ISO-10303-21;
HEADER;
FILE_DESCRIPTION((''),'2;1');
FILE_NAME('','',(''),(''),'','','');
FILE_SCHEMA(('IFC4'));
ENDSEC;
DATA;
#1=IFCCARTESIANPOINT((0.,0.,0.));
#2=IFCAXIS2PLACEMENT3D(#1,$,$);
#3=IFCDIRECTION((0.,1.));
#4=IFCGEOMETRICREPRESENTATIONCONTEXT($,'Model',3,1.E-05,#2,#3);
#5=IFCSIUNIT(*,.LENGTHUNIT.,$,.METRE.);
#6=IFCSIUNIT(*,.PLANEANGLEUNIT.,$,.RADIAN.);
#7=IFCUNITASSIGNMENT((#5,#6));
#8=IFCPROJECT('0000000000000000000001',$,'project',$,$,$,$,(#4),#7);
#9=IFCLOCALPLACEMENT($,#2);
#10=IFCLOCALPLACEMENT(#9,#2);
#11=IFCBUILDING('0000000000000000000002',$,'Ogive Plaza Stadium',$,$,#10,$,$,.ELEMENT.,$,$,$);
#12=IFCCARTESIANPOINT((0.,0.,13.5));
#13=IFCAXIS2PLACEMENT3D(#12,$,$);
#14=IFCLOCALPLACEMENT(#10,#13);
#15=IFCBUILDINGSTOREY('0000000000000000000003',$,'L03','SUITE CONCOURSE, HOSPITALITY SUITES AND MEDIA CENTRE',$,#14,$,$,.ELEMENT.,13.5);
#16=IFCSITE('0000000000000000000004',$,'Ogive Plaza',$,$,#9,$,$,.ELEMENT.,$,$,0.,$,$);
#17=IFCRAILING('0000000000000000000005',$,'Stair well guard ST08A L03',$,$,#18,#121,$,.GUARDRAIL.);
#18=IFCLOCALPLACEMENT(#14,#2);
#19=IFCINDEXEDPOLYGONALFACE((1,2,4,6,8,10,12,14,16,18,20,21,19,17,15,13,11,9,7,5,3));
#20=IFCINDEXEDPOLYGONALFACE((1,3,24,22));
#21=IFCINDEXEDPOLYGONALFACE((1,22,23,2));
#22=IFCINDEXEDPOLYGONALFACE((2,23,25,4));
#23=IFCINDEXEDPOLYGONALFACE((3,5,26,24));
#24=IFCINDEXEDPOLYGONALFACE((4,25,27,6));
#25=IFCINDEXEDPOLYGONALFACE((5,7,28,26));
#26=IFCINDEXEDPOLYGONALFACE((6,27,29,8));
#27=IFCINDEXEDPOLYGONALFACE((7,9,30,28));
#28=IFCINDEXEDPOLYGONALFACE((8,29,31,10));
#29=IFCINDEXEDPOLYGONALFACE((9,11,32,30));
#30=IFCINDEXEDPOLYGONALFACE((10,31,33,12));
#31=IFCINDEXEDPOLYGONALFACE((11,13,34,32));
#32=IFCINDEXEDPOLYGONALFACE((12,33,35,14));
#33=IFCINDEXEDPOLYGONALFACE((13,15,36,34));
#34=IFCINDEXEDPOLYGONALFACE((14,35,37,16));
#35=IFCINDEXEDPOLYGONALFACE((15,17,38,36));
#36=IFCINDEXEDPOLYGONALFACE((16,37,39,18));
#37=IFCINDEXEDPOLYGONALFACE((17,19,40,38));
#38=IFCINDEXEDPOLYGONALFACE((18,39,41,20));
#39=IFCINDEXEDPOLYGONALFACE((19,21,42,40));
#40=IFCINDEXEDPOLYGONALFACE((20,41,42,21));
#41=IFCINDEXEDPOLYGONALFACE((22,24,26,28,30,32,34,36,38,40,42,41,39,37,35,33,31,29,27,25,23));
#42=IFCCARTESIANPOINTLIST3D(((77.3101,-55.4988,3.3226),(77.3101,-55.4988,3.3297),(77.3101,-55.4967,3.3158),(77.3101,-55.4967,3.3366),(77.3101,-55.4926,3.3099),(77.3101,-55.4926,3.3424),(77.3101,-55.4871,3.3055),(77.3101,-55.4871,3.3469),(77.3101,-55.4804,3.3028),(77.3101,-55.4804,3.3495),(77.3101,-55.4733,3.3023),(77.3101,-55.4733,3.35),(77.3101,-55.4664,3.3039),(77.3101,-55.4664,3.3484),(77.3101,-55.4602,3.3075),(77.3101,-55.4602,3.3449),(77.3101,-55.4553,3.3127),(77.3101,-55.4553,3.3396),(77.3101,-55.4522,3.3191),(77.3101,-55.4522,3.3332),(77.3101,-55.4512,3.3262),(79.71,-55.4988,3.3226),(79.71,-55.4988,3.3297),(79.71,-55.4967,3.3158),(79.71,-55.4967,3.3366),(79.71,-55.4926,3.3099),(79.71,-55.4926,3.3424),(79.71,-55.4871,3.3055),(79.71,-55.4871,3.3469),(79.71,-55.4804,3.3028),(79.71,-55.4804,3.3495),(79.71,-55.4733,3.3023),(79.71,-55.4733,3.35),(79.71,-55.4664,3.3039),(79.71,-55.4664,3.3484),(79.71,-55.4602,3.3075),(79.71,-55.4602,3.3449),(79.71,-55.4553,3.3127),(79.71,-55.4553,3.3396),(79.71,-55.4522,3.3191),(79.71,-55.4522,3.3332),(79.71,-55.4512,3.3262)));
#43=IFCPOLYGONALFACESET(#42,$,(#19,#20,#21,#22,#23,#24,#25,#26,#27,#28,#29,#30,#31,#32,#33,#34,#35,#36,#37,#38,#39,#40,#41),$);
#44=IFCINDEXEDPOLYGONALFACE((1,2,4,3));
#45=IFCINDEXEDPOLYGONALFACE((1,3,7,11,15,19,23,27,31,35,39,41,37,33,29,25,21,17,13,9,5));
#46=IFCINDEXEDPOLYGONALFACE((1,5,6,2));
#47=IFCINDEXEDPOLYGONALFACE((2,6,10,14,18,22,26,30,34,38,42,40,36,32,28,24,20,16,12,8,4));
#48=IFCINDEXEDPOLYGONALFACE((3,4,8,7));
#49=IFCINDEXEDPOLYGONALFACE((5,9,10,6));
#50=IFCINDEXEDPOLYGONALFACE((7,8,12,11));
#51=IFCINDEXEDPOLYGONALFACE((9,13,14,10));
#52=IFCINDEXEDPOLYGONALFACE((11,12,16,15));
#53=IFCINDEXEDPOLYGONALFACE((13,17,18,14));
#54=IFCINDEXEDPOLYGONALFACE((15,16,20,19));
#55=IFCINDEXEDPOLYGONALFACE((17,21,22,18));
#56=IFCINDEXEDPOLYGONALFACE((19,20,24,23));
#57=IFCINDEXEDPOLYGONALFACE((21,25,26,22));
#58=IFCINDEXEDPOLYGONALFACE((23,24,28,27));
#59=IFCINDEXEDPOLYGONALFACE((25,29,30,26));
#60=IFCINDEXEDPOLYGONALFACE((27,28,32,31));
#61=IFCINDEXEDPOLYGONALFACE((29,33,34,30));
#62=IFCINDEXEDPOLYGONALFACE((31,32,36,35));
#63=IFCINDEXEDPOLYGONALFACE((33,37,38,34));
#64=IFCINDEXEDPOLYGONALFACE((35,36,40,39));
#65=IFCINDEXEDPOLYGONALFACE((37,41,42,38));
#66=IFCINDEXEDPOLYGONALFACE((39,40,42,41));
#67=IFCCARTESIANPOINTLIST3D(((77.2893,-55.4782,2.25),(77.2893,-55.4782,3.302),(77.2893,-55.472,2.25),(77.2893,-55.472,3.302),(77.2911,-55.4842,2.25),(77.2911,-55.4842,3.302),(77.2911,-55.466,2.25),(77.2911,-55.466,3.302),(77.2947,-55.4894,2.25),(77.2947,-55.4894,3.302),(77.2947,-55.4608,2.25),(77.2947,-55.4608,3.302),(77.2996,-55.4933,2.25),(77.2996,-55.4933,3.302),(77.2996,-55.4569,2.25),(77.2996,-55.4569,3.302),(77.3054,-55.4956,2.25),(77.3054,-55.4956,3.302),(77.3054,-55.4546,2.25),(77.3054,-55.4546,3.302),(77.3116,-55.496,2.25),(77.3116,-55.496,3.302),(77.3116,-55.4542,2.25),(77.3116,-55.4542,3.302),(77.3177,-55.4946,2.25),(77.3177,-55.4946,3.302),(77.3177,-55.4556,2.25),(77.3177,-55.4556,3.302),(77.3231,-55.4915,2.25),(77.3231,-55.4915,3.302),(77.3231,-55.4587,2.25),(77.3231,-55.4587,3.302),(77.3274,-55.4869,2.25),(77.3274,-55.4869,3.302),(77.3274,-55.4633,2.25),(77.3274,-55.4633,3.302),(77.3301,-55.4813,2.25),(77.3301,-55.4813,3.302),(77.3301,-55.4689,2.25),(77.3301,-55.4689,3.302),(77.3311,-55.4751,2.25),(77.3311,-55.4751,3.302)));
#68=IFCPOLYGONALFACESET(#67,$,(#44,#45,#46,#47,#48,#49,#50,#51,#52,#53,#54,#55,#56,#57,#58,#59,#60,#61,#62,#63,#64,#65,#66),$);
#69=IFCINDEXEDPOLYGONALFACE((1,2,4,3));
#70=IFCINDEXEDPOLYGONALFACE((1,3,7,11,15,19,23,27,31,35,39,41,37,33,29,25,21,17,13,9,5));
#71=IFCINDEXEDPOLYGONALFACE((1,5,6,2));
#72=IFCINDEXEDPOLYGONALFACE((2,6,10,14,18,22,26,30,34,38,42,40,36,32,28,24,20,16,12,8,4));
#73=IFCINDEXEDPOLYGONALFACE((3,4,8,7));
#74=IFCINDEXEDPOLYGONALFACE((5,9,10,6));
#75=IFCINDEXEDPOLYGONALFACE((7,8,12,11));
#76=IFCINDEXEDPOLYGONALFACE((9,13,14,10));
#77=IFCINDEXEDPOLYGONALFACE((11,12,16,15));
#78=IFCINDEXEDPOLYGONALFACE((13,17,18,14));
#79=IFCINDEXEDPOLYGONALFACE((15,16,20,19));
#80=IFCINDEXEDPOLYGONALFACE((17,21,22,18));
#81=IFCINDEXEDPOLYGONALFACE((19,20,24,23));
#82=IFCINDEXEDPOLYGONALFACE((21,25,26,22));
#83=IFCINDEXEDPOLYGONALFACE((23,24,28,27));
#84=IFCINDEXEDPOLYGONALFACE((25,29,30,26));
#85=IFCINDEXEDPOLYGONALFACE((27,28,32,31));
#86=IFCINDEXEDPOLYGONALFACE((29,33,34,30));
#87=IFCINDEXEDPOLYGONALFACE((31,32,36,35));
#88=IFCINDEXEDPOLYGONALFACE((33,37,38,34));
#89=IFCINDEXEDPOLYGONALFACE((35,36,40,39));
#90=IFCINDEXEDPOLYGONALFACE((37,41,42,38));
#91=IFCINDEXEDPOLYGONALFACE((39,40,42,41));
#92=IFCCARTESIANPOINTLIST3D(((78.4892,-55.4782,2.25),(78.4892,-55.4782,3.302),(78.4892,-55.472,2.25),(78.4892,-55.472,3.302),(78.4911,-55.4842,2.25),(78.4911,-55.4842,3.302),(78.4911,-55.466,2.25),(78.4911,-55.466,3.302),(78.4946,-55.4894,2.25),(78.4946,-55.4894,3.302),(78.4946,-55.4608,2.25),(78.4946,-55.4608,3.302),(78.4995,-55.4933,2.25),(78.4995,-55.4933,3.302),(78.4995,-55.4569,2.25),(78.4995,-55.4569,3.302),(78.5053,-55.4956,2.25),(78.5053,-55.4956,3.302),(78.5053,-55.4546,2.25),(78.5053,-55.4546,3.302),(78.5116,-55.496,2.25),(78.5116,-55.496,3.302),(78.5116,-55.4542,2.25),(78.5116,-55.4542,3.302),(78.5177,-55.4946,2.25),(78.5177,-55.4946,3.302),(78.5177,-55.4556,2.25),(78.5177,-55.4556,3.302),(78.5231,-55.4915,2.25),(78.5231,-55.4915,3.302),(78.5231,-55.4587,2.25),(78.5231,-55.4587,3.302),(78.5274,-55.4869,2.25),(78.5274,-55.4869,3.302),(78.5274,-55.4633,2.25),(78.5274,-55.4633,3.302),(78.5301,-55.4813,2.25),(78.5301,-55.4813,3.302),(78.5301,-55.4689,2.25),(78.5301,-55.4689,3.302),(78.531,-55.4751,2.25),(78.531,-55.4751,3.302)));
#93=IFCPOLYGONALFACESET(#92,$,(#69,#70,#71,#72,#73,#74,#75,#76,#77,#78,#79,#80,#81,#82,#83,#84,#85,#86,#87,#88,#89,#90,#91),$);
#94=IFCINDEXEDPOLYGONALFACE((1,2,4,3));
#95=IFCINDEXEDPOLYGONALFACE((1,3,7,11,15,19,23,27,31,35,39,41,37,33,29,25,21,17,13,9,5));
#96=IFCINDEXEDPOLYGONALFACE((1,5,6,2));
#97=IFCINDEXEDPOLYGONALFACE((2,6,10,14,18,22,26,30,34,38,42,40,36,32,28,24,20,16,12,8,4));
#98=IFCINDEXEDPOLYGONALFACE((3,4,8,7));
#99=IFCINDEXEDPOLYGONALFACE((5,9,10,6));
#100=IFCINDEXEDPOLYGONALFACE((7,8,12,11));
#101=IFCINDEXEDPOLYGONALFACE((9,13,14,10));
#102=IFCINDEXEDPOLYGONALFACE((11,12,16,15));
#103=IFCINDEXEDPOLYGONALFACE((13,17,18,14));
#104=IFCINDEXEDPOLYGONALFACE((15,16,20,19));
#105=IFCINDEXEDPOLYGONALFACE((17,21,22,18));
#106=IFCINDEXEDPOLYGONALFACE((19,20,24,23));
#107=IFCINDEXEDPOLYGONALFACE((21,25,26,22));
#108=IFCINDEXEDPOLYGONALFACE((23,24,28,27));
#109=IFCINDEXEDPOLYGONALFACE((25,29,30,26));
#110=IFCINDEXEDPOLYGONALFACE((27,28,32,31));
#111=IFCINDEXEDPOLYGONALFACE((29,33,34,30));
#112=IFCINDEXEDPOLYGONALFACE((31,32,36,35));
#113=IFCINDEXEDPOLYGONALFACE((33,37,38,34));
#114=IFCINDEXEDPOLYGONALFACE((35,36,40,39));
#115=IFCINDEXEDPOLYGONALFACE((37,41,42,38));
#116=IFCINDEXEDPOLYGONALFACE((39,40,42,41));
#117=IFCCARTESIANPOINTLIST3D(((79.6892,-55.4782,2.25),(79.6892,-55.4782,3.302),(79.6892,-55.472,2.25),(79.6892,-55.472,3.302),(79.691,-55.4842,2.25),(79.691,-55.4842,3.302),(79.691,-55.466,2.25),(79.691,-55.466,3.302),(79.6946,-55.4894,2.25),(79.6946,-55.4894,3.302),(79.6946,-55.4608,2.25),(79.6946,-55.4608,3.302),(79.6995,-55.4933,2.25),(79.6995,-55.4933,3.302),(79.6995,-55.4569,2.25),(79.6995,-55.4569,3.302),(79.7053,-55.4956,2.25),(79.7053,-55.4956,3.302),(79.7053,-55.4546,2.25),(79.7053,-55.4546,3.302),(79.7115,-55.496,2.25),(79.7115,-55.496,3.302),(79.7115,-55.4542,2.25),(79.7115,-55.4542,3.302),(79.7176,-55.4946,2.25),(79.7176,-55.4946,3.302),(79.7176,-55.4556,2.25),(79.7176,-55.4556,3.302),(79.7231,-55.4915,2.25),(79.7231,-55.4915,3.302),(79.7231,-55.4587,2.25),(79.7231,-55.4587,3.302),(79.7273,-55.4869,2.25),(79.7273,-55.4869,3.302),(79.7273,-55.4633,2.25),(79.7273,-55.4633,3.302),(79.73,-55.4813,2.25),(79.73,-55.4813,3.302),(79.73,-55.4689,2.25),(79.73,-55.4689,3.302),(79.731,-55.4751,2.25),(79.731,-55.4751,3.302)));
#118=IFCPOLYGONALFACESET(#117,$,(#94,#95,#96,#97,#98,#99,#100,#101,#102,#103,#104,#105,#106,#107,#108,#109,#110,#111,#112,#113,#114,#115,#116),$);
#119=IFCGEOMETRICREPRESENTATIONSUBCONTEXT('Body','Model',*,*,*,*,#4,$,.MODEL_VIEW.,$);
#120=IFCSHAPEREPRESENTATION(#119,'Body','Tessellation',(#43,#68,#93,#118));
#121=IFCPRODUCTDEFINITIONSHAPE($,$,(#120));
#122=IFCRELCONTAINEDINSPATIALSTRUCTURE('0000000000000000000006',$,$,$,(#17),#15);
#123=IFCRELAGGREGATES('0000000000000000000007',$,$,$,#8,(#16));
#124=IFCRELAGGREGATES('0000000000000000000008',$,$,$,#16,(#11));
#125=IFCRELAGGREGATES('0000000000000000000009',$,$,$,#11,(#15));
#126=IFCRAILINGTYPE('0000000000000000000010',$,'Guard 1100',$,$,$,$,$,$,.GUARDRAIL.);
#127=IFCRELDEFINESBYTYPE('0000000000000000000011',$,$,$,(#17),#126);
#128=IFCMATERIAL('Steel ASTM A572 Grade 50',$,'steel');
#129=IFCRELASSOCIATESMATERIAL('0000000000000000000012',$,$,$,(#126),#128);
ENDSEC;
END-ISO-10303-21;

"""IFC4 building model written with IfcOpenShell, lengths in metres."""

from ifc_helpers import new_model, si_unit, direction, frame, origin, origin_2d, place, context, subcontext, project, spatial, circle, extrude, material, type_object, element, save


model = new_model("IFC4")

# Units and contexts
model_context = context("Model", 3, precision=1e-05, world=origin(), true_north=direction((0.0, 1.0)))
body_context = subcontext(model_context, "Body", "Model", "MODEL_VIEW")
ifc_project = project(units=[si_unit("LENGTHUNIT", "METRE"), si_unit("PLANEANGLEUNIT", "RADIAN")], contexts=[model_context])

# Site, building, storey
site_placement = place(None, origin())
site = spatial("IfcSite", under=ifc_project, at=site_placement, Name="Ogive Plaza", CompositionType="ELEMENT", RefElevation=0.0)
building_placement = place(site_placement, origin())
building = spatial("IfcBuilding", under=site, at=building_placement, Name="Ogive Plaza Stadium", CompositionType="ELEMENT")
storey_placement = place(building_placement, frame((0.0, 0.0, 13.5)))
storey = spatial("IfcBuildingStorey", under=building, at=storey_placement, Name="L03", Description="SUITE CONCOURSE, HOSPITALITY SUITES AND MEDIA CENTRE", CompositionType="ELEMENT", Elevation=13.5)

# Railing
ifc_material_1 = material(Name="Steel ASTM A572 Grade 50", Category="steel")
railing_type_1 = type_object("IfcRailingType", Name="Guard 1100", PredefinedType="GUARDRAIL", material=ifc_material_1)
for number, where, name in (
    (1, (77.3101, -55.4751, 2.25), "Stair well guard ST08A L03"),
):
    element("IfcRailing", number, at=place(storey_placement, frame(where)), inside=storey, type_object=railing_type_1, Name=name, PredefinedType="GUARDRAIL", context=body_context, shape_type="SweptSolid", body=[
        extrude(circle(Radius=0.0239, at=origin_2d()), frame((0.0, 0.0, 1.0762), z_axis=(1.0, 0.0, 0.0), x_axis=(0.0, 1.0, 0.0)), (0.0, 0.0, 1.0), 2.3999),
        extrude(circle(Radius=0.021, at=origin_2d()), origin(), (0.0, 0.0, 1.0), 1.052),
        extrude(circle(Radius=0.021, at=origin_2d()), frame((1.2, 0.0, 0.0)), (0.0, 0.0, 1.0), 1.052),
        extrude(circle(Radius=0.021, at=origin_2d()), frame((2.3999, 0.0, 0.0)), (0.0, 0.0, 1.0), 1.052),
    ])

save(model, "model.ifc")
